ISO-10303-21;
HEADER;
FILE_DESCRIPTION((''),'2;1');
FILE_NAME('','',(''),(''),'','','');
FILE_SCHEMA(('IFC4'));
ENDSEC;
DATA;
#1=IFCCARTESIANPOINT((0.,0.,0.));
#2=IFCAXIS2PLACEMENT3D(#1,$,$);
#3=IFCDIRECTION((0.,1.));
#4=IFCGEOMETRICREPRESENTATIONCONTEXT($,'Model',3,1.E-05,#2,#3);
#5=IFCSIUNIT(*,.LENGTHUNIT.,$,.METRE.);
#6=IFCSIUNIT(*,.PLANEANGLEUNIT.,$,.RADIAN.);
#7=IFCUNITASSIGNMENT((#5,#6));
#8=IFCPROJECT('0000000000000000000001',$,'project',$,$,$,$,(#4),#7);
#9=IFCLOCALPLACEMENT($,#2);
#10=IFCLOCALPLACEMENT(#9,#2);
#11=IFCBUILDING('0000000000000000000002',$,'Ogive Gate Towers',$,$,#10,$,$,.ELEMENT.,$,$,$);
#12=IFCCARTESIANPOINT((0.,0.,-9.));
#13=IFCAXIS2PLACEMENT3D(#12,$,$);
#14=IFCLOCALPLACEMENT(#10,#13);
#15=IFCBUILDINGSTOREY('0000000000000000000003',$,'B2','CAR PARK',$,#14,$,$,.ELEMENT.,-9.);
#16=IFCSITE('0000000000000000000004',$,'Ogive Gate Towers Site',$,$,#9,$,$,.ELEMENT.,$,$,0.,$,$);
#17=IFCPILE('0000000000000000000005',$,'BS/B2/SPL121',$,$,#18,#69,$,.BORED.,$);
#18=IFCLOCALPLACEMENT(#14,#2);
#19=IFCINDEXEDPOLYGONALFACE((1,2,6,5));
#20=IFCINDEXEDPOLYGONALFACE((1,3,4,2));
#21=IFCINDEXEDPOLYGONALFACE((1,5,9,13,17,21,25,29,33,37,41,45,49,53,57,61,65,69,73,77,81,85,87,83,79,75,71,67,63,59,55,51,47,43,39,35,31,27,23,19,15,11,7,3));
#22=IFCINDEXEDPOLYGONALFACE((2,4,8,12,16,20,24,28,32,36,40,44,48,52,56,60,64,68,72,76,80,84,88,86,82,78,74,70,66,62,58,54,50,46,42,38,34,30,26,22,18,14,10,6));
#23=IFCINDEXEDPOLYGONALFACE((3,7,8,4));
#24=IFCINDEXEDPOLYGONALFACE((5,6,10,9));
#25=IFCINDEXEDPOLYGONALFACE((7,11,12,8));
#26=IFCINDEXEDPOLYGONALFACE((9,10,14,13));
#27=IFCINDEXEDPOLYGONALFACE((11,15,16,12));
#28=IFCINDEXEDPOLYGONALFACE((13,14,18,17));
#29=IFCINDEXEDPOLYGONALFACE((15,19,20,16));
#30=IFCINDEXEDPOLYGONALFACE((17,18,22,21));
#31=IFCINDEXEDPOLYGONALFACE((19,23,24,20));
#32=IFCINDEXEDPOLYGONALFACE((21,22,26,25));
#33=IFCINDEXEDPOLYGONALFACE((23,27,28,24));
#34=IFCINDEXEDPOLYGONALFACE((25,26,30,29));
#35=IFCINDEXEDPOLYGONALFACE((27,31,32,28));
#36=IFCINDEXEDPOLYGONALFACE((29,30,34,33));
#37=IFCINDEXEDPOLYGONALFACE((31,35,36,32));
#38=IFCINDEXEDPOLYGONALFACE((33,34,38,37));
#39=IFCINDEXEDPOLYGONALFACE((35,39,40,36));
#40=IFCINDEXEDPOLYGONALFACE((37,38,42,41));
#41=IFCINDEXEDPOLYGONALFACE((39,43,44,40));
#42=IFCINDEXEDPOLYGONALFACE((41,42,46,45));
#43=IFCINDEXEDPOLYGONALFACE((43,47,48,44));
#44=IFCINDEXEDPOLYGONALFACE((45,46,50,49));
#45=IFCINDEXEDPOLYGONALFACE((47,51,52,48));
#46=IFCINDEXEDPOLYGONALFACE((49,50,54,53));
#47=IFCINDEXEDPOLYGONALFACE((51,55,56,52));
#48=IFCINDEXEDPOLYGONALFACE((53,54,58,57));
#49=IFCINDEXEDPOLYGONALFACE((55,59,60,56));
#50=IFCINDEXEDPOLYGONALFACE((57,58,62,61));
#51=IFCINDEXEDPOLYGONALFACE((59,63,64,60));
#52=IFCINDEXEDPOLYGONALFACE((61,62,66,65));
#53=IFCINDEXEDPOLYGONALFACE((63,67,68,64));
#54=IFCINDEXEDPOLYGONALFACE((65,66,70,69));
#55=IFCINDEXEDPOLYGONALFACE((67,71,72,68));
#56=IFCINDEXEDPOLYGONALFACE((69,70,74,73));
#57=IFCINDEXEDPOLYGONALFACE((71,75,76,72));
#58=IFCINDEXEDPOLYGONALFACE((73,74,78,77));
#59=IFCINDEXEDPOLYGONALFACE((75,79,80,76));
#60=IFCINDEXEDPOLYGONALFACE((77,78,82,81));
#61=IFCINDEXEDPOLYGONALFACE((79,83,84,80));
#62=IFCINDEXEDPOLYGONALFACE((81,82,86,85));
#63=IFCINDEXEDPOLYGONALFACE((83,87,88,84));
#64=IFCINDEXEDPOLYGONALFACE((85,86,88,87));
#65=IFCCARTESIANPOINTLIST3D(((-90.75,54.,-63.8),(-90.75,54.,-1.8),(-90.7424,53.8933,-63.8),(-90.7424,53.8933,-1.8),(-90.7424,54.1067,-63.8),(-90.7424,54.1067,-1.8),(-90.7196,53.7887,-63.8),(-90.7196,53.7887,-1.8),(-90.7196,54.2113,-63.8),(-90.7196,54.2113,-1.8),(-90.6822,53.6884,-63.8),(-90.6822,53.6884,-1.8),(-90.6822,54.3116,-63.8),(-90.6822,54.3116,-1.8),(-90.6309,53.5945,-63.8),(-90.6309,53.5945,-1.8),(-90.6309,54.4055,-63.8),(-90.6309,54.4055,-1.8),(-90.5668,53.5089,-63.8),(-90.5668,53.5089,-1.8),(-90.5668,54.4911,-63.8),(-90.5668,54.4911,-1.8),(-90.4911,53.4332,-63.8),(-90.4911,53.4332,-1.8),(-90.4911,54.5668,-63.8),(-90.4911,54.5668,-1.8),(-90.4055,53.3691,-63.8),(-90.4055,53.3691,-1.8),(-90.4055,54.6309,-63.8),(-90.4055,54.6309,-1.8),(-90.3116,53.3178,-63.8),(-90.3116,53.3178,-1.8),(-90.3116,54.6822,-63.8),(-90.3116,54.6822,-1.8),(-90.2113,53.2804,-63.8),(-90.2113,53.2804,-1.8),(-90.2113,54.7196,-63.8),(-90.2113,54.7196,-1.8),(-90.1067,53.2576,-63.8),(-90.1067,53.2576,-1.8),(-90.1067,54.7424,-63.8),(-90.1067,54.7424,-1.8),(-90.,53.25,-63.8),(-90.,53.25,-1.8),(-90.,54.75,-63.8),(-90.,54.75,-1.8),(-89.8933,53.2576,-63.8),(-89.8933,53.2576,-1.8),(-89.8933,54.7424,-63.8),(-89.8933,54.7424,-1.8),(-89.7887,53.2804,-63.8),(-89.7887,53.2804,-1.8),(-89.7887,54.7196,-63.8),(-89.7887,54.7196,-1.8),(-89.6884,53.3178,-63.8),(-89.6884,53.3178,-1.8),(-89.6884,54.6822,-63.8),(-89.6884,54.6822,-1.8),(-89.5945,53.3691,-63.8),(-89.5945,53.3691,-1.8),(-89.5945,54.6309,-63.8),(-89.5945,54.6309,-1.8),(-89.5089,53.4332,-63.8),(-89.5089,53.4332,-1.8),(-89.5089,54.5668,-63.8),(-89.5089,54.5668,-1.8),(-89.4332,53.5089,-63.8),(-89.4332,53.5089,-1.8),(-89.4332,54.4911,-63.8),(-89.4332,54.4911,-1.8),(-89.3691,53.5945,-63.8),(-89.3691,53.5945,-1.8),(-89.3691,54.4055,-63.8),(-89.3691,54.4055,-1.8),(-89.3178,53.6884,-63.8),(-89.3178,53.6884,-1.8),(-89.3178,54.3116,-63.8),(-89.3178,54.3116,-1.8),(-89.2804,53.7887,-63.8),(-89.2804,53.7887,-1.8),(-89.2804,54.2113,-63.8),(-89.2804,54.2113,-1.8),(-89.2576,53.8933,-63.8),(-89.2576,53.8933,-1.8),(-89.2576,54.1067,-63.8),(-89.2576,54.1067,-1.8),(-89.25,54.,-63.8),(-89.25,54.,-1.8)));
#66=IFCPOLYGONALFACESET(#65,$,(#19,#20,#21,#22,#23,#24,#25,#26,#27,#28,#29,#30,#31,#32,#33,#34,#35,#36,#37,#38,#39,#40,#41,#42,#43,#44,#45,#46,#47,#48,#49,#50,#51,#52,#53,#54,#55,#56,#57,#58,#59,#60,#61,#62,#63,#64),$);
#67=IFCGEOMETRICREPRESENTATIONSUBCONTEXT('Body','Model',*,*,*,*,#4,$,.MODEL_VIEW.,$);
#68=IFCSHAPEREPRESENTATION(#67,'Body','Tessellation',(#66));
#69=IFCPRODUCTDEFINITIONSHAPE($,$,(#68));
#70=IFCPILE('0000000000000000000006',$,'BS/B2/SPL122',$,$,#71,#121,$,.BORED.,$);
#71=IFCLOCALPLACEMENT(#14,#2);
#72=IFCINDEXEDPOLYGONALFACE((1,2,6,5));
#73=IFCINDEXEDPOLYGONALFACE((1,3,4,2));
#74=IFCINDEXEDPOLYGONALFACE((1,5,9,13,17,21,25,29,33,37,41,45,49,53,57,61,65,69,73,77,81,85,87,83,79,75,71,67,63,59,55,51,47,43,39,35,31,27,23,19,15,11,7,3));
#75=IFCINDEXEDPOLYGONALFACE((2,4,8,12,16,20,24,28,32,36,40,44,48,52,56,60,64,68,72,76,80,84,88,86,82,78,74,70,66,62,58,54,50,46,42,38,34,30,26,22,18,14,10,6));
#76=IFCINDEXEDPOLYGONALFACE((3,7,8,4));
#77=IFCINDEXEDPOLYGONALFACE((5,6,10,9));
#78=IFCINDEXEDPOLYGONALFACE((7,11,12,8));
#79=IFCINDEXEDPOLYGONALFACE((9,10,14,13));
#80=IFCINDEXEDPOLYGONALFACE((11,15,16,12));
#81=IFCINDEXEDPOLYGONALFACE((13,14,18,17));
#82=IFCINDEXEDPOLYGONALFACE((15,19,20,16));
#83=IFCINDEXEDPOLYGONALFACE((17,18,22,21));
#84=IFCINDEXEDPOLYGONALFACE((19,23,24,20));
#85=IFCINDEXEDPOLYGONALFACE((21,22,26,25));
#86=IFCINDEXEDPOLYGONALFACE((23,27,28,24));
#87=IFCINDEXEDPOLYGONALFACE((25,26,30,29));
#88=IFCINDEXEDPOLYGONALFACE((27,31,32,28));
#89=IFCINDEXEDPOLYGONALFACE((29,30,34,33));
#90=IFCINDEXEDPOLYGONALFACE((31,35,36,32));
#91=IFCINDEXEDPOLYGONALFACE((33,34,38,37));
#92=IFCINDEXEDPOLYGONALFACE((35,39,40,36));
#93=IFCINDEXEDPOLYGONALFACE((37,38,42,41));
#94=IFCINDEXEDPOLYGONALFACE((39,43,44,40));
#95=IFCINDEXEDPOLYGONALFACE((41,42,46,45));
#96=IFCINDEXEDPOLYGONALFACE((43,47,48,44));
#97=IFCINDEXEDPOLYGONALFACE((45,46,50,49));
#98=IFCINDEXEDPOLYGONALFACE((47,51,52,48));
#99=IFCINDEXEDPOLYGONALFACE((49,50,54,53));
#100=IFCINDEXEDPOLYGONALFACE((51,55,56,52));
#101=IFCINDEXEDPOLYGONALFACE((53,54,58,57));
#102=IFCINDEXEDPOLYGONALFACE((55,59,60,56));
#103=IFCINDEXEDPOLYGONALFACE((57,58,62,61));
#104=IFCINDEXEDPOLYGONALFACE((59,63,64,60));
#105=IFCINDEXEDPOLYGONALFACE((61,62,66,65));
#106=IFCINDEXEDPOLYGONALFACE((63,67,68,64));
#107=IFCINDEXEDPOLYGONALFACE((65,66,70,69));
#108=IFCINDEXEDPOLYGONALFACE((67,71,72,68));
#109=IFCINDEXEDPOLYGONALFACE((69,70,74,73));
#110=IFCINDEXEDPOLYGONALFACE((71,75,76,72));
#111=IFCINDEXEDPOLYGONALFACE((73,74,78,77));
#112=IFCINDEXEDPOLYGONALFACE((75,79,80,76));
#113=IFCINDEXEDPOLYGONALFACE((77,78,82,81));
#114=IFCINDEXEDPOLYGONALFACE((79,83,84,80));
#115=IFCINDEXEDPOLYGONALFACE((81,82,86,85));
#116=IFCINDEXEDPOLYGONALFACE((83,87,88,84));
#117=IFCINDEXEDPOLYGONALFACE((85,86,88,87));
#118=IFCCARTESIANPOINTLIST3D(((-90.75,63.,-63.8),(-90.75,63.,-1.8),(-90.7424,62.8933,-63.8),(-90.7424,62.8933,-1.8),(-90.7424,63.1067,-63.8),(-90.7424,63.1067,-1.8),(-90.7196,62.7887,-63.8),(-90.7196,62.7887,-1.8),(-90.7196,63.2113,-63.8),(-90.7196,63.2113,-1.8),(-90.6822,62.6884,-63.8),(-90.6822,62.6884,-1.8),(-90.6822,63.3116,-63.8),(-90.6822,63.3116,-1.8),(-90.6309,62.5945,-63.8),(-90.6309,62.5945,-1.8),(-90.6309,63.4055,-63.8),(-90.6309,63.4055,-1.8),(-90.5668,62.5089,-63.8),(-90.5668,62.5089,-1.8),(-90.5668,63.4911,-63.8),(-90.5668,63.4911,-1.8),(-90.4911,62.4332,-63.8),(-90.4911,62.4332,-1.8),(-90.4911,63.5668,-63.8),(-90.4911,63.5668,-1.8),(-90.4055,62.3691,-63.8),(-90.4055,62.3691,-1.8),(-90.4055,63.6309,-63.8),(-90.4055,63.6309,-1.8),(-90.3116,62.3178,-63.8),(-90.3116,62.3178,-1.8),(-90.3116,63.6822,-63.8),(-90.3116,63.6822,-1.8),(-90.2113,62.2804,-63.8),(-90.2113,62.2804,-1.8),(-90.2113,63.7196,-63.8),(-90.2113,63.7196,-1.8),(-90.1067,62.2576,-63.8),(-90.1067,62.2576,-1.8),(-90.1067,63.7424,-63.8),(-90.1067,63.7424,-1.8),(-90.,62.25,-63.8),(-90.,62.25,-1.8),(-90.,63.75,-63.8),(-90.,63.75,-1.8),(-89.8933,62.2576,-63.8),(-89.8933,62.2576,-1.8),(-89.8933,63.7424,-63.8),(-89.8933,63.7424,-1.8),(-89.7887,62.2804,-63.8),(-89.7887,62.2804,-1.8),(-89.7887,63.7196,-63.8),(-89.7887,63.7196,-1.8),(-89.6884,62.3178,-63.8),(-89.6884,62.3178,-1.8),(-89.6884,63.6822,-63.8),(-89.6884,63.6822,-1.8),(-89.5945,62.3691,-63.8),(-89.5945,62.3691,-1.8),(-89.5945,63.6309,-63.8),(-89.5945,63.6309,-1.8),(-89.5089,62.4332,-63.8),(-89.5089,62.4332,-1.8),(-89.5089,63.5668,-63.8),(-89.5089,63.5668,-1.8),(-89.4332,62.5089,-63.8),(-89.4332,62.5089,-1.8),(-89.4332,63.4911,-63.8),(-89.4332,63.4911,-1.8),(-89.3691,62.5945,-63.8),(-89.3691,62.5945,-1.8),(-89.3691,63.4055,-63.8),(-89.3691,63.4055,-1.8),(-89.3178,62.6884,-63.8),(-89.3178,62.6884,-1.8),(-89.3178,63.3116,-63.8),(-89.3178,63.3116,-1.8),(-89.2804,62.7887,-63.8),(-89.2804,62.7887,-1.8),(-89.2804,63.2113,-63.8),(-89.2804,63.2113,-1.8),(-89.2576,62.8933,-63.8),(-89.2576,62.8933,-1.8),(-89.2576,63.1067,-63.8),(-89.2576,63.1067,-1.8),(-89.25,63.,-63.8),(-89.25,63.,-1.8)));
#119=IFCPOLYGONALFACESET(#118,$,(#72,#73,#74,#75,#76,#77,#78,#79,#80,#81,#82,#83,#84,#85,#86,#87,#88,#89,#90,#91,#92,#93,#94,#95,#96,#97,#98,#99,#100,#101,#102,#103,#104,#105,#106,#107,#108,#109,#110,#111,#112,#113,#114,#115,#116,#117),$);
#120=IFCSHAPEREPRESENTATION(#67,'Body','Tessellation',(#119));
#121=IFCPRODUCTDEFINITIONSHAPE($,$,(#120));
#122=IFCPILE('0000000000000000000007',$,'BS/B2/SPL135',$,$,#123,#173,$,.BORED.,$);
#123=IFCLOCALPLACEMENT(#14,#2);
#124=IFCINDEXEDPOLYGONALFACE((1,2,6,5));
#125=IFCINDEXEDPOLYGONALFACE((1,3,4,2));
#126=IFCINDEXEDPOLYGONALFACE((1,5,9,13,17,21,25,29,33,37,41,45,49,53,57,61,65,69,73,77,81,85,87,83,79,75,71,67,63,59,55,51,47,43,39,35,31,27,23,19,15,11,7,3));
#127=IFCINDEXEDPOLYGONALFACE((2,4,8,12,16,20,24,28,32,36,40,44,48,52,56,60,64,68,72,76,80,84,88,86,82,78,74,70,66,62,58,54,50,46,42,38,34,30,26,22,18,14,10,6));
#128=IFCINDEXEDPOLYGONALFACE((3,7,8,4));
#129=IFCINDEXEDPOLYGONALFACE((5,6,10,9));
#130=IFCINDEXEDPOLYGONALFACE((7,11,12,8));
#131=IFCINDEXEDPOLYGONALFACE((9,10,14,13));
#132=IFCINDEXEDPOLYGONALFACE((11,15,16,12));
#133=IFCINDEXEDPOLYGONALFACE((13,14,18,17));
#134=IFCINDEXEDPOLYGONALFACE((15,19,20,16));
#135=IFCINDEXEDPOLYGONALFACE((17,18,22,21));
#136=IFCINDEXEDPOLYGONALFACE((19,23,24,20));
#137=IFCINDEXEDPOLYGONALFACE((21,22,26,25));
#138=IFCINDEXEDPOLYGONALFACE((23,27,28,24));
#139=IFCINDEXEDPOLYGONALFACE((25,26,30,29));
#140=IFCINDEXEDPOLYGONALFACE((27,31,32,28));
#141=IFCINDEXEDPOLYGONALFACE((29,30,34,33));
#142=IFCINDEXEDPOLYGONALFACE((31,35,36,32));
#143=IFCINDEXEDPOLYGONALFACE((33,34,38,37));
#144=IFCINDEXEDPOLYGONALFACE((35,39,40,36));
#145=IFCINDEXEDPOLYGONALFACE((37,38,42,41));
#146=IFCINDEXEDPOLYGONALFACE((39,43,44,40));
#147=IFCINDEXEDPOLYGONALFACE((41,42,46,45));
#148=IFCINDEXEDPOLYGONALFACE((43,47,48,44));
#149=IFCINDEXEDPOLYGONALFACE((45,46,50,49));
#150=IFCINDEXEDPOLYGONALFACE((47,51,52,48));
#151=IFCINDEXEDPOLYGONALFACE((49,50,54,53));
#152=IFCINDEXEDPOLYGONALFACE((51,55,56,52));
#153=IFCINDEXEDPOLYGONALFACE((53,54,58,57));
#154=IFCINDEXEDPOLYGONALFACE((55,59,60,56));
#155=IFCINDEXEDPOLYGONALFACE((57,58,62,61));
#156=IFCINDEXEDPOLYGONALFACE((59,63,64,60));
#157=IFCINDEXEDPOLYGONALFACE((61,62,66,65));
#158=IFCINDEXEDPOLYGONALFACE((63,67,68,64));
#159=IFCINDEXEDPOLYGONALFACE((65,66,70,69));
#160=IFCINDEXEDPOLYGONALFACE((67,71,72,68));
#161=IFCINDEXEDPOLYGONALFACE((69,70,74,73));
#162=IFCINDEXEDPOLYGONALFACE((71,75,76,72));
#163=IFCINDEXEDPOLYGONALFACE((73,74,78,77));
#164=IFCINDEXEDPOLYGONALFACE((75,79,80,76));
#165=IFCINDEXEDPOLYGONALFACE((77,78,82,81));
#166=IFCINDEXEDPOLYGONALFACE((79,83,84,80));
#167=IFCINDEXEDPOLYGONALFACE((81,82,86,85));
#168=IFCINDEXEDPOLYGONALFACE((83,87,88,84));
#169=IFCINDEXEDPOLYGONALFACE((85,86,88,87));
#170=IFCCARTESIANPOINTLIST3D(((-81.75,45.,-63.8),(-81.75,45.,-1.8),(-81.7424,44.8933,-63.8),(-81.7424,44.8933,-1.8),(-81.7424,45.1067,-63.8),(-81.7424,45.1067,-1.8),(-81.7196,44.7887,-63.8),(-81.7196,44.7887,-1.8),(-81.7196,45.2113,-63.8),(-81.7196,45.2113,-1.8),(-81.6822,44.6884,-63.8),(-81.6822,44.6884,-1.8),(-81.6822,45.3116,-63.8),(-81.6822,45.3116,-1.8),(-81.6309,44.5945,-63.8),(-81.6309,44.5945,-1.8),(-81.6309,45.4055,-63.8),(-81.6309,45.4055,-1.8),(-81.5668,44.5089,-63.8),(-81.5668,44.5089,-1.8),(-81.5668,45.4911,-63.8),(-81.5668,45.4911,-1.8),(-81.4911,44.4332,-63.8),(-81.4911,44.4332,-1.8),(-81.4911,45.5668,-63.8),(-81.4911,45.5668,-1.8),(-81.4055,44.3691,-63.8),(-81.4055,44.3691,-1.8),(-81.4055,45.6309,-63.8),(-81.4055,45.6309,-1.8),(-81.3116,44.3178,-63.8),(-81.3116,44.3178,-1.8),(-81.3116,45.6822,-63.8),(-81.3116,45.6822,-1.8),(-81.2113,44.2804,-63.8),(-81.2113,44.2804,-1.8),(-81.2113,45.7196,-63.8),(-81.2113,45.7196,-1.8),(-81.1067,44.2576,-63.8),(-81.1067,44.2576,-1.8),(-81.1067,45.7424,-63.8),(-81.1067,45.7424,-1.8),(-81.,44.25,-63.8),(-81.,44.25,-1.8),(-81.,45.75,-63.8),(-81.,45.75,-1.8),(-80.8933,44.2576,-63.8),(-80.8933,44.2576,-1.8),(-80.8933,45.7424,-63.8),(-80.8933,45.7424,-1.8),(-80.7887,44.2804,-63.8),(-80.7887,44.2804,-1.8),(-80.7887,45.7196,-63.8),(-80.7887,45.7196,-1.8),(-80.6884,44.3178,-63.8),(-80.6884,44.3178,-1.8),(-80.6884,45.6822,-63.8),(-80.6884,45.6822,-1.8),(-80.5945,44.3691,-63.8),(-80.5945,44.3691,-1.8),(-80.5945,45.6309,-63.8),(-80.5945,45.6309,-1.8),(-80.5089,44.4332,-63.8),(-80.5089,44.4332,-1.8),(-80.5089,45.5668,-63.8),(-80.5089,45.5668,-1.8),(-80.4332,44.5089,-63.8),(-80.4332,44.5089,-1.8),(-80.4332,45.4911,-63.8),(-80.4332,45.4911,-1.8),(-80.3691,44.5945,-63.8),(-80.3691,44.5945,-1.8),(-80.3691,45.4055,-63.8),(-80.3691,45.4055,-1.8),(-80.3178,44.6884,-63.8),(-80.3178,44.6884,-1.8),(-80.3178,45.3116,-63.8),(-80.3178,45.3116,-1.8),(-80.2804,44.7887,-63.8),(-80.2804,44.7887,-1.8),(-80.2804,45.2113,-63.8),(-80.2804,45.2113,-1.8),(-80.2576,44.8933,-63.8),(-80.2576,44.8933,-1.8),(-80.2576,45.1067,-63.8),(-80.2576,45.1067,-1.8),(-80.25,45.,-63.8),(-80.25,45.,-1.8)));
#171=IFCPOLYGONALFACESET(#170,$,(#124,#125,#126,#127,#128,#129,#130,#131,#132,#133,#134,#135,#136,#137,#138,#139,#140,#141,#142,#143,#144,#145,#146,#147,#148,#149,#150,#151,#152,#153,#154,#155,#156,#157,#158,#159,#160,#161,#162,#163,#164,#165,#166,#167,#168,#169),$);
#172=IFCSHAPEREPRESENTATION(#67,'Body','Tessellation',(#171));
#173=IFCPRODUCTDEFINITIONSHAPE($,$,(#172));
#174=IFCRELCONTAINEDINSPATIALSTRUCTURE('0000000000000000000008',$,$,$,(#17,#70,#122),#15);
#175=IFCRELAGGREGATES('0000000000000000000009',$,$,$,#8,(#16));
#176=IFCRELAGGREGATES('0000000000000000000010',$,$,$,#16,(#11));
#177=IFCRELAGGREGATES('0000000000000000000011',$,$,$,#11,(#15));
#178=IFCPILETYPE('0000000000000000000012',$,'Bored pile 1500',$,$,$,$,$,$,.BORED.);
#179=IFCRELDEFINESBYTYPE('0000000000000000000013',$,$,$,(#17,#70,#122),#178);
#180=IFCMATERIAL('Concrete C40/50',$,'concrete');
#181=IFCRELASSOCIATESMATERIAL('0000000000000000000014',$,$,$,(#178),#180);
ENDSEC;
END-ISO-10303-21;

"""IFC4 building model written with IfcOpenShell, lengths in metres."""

from ifc_helpers import new_model, si_unit, direction, frame, origin, origin_2d, place, context, subcontext, project, spatial, circle, extrude, material, material_profile, profile_set, type_object, element, save


model = new_model("IFC4")

# Units and contexts
model_context = context("Model", 3, precision=1e-05, world=origin(), true_north=direction((0.0, 1.0)))
body_context = subcontext(model_context, "Body", "Model", "MODEL_VIEW")
ifc_project = project(units=[si_unit("LENGTHUNIT", "METRE"), si_unit("PLANEANGLEUNIT", "RADIAN")], contexts=[model_context])

# Site, building, storey
site_placement = place(None, origin())
site = spatial("IfcSite", under=ifc_project, at=site_placement, Name="Ogive Gate Towers Site", CompositionType="ELEMENT", RefElevation=0.0)
building_placement = place(site_placement, origin())
building = spatial("IfcBuilding", under=site, at=building_placement, Name="Ogive Gate Towers", CompositionType="ELEMENT")
storey_placement = place(building_placement, frame((0.0, 0.0, -9.0)))
storey = spatial("IfcBuildingStorey", under=building, at=storey_placement, Name="B2", Description="CAR PARK", CompositionType="ELEMENT", Elevation=-9.0)

# Piles
ifc_material_1 = material(Name="Concrete C40/50", Category="concrete")
ifc_material_profile_1 = material_profile(ifc_material_1, circle(Radius=0.75, at=origin_2d()), Name="BP 1500")
ifc_profile_set_1 = profile_set([ifc_material_profile_1], Name="Concrete C40/50")
pile_type = type_object("IfcPileType", Name="Bored pile 1500", PredefinedType="BORED", material=ifc_profile_set_1)
for number, where, z_axis, x_axis, name in (
    (1, (-90.0, 54.0, -1.8), (0.0, 0.0, -1.0), (1.0, 0.0, 0.0), "BS/B2/SPL121"),
    (2, (-90.0, 63.0, -1.8), (0.0, 0.0, -1.0), (1.0, 0.0, 0.0), "BS/B2/SPL122"),
    (3, (-81.0, 45.0, -1.8), (0.0, 0.0, -1.0), (1.0, 0.0, 0.0), "BS/B2/SPL135"),
):
    element("IfcPile", number, at=place(storey_placement, frame(where, z_axis=z_axis, x_axis=x_axis)), inside=storey, type_object=pile_type, Name=name, PredefinedType="BORED", context=body_context, shape_type="SweptSolid", body=[
        extrude(circle(Radius=0.75, at=origin_2d()), origin(), (0.0, 0.0, 1.0), 62.0),
    ])

save(model, "model.ifc")
